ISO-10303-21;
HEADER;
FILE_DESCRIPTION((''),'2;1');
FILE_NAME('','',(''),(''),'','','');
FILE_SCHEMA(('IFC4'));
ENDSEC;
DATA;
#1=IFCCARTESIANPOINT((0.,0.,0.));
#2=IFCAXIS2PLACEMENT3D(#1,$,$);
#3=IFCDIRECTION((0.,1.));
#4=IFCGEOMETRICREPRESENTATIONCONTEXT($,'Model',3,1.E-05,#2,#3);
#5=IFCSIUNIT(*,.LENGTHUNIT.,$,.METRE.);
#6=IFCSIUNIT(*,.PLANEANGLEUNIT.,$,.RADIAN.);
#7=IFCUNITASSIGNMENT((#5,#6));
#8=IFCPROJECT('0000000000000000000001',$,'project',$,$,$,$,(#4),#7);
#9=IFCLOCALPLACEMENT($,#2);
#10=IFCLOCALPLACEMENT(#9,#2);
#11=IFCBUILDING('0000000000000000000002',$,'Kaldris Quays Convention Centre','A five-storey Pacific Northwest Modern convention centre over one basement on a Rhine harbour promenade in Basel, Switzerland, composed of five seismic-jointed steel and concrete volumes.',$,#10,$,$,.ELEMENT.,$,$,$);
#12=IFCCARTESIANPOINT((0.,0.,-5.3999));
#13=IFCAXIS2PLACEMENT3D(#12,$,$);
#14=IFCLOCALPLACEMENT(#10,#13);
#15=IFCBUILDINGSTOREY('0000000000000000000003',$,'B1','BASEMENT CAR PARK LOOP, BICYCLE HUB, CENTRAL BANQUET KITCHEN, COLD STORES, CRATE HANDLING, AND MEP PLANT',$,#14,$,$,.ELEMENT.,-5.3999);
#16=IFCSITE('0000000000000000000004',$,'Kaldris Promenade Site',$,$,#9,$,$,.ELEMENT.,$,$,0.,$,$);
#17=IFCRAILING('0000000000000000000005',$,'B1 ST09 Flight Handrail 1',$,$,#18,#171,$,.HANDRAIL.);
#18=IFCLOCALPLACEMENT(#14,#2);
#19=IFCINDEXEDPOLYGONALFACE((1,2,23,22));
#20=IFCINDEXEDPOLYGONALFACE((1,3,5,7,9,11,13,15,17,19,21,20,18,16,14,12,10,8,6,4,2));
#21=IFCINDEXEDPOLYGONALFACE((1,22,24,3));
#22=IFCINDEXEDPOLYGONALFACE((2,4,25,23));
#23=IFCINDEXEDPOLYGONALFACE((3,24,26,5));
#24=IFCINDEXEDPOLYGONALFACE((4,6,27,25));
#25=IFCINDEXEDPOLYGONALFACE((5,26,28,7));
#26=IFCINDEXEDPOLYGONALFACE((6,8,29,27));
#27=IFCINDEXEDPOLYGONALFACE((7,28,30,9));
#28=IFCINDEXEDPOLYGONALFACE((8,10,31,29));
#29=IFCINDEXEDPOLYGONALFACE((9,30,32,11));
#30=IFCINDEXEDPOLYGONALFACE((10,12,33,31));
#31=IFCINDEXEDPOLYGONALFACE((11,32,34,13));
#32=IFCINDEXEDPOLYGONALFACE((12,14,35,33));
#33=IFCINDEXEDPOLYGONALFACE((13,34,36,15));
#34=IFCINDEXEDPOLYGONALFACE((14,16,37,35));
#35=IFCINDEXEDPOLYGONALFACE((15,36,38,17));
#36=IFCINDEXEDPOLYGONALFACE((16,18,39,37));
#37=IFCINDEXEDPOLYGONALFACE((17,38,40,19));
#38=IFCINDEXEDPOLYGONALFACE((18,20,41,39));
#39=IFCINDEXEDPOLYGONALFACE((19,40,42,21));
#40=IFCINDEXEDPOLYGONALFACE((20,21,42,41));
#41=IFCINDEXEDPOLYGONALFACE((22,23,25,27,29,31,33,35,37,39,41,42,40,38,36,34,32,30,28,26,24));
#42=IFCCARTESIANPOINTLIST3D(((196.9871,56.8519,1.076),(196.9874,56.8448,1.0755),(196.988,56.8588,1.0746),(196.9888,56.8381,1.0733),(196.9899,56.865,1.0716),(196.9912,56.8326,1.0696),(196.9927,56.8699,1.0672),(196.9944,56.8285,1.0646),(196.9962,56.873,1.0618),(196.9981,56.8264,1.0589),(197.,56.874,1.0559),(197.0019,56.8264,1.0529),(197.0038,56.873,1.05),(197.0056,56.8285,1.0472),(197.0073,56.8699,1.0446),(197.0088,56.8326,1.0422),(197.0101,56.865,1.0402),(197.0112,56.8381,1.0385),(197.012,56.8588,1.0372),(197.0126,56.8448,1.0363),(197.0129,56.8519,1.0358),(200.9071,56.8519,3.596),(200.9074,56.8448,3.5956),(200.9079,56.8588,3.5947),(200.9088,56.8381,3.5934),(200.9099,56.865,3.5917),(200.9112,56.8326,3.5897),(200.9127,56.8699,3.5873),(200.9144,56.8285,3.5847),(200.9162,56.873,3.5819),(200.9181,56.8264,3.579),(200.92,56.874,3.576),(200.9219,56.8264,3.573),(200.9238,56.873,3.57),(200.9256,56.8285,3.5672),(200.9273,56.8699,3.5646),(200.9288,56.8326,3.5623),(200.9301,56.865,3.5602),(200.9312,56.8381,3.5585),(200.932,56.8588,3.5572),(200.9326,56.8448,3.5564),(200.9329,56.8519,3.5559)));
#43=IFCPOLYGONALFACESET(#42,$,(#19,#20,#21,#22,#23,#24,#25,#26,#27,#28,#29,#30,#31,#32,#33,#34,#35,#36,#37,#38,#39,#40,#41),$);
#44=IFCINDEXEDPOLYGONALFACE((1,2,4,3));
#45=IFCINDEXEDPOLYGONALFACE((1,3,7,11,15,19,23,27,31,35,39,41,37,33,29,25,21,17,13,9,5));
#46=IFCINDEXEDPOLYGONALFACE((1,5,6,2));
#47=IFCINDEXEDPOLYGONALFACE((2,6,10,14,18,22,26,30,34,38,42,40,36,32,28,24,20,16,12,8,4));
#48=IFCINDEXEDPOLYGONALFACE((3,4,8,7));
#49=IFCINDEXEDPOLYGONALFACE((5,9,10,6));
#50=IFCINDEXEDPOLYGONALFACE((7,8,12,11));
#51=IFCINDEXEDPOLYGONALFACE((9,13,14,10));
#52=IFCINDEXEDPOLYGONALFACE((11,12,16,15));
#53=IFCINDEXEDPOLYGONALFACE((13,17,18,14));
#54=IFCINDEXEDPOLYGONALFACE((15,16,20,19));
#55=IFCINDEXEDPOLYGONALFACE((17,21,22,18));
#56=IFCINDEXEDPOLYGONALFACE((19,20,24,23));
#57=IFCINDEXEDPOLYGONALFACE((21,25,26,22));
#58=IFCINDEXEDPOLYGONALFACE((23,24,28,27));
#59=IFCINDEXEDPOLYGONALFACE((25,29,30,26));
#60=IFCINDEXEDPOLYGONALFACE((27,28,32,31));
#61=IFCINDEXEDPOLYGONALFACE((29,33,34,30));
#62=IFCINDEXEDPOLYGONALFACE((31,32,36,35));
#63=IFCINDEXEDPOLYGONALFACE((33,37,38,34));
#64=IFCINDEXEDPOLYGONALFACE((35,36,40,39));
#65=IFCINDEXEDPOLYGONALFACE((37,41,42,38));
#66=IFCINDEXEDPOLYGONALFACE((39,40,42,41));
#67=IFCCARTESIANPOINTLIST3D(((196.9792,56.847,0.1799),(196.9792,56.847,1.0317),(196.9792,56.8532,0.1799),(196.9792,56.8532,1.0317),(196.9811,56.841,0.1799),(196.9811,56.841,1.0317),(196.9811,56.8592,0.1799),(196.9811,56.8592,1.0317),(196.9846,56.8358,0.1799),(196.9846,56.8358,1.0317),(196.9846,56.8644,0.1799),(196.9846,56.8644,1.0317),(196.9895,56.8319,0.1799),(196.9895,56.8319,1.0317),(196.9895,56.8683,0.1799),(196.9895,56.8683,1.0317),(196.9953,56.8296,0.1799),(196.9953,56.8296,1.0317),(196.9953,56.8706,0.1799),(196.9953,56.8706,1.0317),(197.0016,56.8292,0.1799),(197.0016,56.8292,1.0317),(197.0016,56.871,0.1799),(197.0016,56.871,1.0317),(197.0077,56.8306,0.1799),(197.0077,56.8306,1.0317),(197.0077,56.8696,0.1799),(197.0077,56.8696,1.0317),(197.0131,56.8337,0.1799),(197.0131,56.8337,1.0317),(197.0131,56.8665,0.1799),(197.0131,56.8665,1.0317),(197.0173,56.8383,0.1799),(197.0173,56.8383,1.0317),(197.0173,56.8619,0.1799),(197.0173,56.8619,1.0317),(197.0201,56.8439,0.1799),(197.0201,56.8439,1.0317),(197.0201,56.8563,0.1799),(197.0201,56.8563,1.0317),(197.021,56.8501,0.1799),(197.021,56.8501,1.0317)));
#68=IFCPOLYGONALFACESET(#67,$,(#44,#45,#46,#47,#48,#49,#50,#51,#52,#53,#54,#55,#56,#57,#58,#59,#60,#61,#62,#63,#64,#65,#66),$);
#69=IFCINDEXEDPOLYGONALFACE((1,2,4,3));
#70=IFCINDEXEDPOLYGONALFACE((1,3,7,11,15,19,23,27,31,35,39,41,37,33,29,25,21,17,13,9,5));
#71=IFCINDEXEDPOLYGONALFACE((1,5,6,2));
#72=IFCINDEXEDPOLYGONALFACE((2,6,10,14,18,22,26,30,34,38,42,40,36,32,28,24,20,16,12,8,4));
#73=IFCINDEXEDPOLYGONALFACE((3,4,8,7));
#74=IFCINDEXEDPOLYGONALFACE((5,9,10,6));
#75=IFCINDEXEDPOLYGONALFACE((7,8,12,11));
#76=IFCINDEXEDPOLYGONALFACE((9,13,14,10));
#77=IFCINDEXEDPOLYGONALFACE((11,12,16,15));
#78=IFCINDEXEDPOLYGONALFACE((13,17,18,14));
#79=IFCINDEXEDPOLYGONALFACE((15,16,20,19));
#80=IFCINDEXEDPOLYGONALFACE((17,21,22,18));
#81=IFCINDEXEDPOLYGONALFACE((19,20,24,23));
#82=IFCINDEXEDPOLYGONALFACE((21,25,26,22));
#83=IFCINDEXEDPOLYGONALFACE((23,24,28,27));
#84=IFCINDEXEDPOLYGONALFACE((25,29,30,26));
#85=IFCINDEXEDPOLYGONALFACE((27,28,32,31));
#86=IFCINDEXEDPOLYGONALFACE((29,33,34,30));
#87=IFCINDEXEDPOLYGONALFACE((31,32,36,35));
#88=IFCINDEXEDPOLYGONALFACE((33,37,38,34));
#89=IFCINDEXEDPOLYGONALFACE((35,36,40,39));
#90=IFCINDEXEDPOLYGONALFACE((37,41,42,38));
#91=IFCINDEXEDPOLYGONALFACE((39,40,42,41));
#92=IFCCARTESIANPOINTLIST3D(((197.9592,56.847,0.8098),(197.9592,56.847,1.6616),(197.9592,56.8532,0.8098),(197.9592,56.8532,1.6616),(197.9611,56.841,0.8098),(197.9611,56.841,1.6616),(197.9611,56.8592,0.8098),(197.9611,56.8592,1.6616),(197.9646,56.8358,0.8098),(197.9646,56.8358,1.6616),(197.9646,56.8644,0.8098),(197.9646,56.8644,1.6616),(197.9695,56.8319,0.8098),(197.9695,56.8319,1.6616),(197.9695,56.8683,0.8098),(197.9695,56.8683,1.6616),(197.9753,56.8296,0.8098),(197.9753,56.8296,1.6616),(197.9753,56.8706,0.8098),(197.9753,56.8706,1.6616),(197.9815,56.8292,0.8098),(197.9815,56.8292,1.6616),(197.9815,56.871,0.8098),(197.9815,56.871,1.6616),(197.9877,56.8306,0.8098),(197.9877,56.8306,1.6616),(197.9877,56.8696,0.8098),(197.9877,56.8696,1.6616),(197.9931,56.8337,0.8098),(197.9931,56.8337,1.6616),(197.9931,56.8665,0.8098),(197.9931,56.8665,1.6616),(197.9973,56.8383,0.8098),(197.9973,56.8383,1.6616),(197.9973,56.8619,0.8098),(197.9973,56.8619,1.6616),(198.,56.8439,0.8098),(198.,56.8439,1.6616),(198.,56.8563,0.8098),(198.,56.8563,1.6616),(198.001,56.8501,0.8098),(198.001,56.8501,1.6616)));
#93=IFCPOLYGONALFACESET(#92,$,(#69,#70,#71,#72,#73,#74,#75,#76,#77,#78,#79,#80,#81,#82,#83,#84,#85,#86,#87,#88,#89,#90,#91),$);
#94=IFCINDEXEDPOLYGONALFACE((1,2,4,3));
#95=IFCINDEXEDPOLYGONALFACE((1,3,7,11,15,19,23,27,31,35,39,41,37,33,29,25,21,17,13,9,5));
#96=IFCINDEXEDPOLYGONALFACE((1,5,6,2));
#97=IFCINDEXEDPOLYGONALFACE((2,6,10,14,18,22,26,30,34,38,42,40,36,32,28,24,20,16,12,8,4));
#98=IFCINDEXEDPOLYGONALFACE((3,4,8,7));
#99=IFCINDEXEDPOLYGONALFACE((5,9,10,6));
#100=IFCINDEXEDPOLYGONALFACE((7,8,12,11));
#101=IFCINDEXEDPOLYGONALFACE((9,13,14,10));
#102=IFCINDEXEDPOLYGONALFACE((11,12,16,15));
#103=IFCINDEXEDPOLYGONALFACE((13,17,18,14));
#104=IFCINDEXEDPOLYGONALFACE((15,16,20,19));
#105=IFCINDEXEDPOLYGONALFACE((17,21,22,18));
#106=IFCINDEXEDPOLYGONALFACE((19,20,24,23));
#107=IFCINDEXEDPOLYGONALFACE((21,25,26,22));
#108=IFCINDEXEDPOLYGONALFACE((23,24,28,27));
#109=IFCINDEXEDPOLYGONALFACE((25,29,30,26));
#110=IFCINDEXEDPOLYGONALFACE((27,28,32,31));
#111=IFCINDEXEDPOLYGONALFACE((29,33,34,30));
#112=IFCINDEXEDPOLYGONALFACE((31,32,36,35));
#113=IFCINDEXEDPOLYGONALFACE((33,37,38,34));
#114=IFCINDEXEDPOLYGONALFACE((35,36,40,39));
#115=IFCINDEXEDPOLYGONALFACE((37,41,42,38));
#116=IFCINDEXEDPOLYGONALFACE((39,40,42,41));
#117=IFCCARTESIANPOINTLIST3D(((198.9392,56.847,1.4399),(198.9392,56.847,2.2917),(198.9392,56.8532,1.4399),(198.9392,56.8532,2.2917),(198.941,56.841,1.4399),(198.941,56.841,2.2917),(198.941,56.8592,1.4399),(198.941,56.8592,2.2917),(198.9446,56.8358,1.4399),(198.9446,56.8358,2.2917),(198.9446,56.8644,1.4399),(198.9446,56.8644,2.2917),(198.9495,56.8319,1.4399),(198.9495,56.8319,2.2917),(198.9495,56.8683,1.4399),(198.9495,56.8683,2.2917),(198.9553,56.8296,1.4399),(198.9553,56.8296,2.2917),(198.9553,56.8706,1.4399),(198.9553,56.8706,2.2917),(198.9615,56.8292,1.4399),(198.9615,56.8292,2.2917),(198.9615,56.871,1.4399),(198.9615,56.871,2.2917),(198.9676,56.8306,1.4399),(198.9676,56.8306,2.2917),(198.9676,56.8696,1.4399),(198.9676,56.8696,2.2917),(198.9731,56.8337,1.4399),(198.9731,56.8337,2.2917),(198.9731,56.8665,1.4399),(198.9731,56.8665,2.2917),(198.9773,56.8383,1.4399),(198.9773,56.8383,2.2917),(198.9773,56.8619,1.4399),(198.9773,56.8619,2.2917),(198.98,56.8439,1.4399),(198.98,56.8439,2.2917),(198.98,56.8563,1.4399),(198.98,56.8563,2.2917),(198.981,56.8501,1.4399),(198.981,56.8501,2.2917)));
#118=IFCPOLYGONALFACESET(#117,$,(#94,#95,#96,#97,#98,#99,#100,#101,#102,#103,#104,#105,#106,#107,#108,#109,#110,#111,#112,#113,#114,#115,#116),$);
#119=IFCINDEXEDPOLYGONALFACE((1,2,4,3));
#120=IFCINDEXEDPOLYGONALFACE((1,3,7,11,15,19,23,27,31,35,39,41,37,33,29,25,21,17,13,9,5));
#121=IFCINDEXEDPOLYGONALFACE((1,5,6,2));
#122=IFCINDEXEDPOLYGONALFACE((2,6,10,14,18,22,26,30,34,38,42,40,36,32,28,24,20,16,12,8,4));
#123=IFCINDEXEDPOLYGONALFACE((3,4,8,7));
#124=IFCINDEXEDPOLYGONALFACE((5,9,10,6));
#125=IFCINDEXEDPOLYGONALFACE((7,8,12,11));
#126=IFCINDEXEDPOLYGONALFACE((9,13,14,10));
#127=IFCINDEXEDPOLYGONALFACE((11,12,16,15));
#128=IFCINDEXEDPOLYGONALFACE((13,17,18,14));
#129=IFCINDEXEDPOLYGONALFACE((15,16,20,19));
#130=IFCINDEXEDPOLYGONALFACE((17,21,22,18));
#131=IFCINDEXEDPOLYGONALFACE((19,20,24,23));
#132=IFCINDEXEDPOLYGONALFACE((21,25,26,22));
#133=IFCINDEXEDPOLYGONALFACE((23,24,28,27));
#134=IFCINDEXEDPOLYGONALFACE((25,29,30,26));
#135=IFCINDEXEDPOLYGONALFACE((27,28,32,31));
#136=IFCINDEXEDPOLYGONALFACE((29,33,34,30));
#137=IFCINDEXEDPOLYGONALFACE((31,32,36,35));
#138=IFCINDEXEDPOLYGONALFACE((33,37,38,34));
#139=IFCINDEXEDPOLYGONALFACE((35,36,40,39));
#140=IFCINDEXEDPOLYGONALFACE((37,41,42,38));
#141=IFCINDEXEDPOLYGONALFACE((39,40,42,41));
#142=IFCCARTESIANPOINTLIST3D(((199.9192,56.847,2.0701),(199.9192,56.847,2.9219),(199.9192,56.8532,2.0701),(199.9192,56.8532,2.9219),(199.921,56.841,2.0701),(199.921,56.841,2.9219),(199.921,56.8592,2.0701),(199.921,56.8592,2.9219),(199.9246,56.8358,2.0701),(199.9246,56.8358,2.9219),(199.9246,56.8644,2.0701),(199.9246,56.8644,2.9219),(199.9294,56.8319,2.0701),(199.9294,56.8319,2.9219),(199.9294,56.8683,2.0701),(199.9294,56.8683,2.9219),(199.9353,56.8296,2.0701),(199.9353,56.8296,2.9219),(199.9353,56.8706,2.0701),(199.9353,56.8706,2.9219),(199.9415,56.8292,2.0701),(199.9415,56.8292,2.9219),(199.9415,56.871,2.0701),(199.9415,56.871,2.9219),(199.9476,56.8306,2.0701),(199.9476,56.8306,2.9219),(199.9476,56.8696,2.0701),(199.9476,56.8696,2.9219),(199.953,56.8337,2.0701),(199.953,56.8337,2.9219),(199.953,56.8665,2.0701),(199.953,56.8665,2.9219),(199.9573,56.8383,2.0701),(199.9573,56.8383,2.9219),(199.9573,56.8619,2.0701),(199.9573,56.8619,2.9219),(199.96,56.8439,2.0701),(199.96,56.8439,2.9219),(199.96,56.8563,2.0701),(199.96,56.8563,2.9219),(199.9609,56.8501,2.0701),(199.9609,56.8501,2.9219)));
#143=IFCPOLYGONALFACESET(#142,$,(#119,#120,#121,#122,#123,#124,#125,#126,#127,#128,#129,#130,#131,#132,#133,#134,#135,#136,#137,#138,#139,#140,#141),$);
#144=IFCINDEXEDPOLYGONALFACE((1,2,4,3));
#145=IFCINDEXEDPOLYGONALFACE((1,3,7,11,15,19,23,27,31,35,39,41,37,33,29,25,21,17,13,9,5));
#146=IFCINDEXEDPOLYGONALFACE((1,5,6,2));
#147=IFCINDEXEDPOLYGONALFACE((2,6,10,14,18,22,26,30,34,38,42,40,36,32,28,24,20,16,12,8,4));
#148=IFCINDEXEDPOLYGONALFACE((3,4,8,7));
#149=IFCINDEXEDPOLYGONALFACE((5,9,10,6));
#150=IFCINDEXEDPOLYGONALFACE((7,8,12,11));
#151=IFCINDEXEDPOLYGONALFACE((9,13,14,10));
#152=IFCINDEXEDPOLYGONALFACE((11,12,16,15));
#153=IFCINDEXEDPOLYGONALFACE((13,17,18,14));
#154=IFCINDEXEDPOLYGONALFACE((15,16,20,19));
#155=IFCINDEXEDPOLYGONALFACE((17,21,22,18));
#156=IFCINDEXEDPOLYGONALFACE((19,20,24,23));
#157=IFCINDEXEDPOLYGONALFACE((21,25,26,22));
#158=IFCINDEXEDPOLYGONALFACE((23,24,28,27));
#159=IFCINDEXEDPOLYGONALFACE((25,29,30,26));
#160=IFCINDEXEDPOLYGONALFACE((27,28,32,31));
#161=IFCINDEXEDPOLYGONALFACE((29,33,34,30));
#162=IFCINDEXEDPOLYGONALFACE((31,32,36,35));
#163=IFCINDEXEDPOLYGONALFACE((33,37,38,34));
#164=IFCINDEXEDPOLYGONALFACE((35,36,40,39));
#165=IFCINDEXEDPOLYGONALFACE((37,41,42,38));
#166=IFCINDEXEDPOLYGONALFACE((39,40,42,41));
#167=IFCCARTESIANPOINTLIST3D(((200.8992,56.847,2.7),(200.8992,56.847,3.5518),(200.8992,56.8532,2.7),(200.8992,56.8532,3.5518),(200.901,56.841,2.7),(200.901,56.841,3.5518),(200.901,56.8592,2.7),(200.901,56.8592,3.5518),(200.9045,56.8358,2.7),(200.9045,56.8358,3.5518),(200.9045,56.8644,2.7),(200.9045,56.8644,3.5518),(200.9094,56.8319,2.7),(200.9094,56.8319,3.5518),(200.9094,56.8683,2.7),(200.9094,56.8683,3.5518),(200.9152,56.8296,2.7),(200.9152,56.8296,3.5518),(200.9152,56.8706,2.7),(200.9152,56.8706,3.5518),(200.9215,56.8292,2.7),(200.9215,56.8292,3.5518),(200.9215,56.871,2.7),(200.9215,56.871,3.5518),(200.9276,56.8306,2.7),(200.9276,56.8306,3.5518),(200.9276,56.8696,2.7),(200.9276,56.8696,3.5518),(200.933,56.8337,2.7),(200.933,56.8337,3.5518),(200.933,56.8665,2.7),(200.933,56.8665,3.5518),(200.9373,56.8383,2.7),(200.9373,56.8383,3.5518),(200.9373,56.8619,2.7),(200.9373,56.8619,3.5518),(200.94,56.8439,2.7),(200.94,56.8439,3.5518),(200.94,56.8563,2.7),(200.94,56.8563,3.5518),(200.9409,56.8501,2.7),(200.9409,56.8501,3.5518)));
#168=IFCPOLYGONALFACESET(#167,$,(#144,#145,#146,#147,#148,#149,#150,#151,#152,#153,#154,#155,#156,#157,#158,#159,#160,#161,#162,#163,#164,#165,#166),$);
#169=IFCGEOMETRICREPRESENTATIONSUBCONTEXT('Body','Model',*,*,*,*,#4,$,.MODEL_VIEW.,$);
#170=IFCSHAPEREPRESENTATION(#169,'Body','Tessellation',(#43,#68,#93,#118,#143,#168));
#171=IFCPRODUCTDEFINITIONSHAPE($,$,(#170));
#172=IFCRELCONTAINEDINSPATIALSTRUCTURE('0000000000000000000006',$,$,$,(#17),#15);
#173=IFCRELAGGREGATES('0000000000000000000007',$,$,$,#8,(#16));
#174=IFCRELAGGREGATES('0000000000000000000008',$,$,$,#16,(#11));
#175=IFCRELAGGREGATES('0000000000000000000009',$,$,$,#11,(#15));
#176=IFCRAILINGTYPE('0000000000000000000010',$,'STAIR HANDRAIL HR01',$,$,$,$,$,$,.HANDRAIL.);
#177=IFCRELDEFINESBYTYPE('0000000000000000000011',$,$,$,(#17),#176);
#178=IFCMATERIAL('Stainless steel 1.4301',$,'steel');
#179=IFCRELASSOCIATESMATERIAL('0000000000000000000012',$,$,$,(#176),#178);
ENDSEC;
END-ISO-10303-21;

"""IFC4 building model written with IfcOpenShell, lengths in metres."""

from ifc_helpers import new_model, si_unit, direction, frame, origin, origin_2d, place, context, subcontext, project, spatial, circle, extrude, material, type_object, element, save


model = new_model("IFC4")

# Units and contexts
model_context = context("Model", 3, precision=1e-05, world=origin(), true_north=direction((0.0, 1.0)))
body_context = subcontext(model_context, "Body", "Model", "MODEL_VIEW")
ifc_project = project(units=[si_unit("LENGTHUNIT", "METRE"), si_unit("PLANEANGLEUNIT", "RADIAN")], contexts=[model_context])

# Site, building, storey
site_placement = place(None, origin())
site = spatial("IfcSite", under=ifc_project, at=site_placement, Name="Kaldris Promenade Site", CompositionType="ELEMENT", RefElevation=0.0)
building_placement = place(site_placement, origin())
building = spatial("IfcBuilding", under=site, at=building_placement, Name="Kaldris Quays Convention Centre", Description="A five-storey Pacific Northwest Modern convention centre over one basement on a Rhine harbour promenade in Basel, Switzerland, composed of five seismic-jointed steel and concrete volumes.", CompositionType="ELEMENT")
storey_placement = place(building_placement, frame((0.0, 0.0, -5.3999)))
storey = spatial("IfcBuildingStorey", under=building, at=storey_placement, Name="B1", Description="BASEMENT CAR PARK LOOP, BICYCLE HUB, CENTRAL BANQUET KITCHEN, COLD STORES, CRATE HANDLING, AND MEP PLANT", CompositionType="ELEMENT", Elevation=-5.3999)

# Railing
ifc_material_1 = material(Name="Stainless steel 1.4301", Category="steel")
railing_type = type_object("IfcRailingType", Name="STAIR HANDRAIL HR01", PredefinedType="HANDRAIL", material=ifc_material_1)
railing_placement = place(storey_placement, frame((197.0, 56.8501, 0.1799)))
element("IfcRailing", 1, at=railing_placement, inside=storey, type_object=railing_type, Name="B1 ST09 Flight Handrail 1", PredefinedType="HANDRAIL", context=body_context, shape_type="SweptSolid", body=[
    extrude(circle(Radius=0.0239, at=origin_2d()), frame((0.0, 0.0, 0.876), z_axis=(0.841172, 0.0, 0.540768), x_axis=(0.0, 1.0, 0.0)), (0.0, 0.0, 1.0), 4.6602),
    extrude(circle(Radius=0.021, at=origin_2d()), origin(), (0.0, 0.0, 1.0), 0.8518),
    extrude(circle(Radius=0.021, at=origin_2d()), frame((0.98, 0.0, 0.6299)), (0.0, 0.0, 1.0), 0.8518),
    extrude(circle(Radius=0.021, at=origin_2d()), frame((1.96, 0.0, 1.26)), (0.0, 0.0, 1.0), 0.8518),
    extrude(circle(Radius=0.021, at=origin_2d()), frame((2.9399, 0.0, 1.8901)), (0.0, 0.0, 1.0), 0.8518),
    extrude(circle(Radius=0.021, at=origin_2d()), frame((3.9199, 0.0, 2.52)), (0.0, 0.0, 1.0), 0.8518),
])

save(model, "model.ifc")
